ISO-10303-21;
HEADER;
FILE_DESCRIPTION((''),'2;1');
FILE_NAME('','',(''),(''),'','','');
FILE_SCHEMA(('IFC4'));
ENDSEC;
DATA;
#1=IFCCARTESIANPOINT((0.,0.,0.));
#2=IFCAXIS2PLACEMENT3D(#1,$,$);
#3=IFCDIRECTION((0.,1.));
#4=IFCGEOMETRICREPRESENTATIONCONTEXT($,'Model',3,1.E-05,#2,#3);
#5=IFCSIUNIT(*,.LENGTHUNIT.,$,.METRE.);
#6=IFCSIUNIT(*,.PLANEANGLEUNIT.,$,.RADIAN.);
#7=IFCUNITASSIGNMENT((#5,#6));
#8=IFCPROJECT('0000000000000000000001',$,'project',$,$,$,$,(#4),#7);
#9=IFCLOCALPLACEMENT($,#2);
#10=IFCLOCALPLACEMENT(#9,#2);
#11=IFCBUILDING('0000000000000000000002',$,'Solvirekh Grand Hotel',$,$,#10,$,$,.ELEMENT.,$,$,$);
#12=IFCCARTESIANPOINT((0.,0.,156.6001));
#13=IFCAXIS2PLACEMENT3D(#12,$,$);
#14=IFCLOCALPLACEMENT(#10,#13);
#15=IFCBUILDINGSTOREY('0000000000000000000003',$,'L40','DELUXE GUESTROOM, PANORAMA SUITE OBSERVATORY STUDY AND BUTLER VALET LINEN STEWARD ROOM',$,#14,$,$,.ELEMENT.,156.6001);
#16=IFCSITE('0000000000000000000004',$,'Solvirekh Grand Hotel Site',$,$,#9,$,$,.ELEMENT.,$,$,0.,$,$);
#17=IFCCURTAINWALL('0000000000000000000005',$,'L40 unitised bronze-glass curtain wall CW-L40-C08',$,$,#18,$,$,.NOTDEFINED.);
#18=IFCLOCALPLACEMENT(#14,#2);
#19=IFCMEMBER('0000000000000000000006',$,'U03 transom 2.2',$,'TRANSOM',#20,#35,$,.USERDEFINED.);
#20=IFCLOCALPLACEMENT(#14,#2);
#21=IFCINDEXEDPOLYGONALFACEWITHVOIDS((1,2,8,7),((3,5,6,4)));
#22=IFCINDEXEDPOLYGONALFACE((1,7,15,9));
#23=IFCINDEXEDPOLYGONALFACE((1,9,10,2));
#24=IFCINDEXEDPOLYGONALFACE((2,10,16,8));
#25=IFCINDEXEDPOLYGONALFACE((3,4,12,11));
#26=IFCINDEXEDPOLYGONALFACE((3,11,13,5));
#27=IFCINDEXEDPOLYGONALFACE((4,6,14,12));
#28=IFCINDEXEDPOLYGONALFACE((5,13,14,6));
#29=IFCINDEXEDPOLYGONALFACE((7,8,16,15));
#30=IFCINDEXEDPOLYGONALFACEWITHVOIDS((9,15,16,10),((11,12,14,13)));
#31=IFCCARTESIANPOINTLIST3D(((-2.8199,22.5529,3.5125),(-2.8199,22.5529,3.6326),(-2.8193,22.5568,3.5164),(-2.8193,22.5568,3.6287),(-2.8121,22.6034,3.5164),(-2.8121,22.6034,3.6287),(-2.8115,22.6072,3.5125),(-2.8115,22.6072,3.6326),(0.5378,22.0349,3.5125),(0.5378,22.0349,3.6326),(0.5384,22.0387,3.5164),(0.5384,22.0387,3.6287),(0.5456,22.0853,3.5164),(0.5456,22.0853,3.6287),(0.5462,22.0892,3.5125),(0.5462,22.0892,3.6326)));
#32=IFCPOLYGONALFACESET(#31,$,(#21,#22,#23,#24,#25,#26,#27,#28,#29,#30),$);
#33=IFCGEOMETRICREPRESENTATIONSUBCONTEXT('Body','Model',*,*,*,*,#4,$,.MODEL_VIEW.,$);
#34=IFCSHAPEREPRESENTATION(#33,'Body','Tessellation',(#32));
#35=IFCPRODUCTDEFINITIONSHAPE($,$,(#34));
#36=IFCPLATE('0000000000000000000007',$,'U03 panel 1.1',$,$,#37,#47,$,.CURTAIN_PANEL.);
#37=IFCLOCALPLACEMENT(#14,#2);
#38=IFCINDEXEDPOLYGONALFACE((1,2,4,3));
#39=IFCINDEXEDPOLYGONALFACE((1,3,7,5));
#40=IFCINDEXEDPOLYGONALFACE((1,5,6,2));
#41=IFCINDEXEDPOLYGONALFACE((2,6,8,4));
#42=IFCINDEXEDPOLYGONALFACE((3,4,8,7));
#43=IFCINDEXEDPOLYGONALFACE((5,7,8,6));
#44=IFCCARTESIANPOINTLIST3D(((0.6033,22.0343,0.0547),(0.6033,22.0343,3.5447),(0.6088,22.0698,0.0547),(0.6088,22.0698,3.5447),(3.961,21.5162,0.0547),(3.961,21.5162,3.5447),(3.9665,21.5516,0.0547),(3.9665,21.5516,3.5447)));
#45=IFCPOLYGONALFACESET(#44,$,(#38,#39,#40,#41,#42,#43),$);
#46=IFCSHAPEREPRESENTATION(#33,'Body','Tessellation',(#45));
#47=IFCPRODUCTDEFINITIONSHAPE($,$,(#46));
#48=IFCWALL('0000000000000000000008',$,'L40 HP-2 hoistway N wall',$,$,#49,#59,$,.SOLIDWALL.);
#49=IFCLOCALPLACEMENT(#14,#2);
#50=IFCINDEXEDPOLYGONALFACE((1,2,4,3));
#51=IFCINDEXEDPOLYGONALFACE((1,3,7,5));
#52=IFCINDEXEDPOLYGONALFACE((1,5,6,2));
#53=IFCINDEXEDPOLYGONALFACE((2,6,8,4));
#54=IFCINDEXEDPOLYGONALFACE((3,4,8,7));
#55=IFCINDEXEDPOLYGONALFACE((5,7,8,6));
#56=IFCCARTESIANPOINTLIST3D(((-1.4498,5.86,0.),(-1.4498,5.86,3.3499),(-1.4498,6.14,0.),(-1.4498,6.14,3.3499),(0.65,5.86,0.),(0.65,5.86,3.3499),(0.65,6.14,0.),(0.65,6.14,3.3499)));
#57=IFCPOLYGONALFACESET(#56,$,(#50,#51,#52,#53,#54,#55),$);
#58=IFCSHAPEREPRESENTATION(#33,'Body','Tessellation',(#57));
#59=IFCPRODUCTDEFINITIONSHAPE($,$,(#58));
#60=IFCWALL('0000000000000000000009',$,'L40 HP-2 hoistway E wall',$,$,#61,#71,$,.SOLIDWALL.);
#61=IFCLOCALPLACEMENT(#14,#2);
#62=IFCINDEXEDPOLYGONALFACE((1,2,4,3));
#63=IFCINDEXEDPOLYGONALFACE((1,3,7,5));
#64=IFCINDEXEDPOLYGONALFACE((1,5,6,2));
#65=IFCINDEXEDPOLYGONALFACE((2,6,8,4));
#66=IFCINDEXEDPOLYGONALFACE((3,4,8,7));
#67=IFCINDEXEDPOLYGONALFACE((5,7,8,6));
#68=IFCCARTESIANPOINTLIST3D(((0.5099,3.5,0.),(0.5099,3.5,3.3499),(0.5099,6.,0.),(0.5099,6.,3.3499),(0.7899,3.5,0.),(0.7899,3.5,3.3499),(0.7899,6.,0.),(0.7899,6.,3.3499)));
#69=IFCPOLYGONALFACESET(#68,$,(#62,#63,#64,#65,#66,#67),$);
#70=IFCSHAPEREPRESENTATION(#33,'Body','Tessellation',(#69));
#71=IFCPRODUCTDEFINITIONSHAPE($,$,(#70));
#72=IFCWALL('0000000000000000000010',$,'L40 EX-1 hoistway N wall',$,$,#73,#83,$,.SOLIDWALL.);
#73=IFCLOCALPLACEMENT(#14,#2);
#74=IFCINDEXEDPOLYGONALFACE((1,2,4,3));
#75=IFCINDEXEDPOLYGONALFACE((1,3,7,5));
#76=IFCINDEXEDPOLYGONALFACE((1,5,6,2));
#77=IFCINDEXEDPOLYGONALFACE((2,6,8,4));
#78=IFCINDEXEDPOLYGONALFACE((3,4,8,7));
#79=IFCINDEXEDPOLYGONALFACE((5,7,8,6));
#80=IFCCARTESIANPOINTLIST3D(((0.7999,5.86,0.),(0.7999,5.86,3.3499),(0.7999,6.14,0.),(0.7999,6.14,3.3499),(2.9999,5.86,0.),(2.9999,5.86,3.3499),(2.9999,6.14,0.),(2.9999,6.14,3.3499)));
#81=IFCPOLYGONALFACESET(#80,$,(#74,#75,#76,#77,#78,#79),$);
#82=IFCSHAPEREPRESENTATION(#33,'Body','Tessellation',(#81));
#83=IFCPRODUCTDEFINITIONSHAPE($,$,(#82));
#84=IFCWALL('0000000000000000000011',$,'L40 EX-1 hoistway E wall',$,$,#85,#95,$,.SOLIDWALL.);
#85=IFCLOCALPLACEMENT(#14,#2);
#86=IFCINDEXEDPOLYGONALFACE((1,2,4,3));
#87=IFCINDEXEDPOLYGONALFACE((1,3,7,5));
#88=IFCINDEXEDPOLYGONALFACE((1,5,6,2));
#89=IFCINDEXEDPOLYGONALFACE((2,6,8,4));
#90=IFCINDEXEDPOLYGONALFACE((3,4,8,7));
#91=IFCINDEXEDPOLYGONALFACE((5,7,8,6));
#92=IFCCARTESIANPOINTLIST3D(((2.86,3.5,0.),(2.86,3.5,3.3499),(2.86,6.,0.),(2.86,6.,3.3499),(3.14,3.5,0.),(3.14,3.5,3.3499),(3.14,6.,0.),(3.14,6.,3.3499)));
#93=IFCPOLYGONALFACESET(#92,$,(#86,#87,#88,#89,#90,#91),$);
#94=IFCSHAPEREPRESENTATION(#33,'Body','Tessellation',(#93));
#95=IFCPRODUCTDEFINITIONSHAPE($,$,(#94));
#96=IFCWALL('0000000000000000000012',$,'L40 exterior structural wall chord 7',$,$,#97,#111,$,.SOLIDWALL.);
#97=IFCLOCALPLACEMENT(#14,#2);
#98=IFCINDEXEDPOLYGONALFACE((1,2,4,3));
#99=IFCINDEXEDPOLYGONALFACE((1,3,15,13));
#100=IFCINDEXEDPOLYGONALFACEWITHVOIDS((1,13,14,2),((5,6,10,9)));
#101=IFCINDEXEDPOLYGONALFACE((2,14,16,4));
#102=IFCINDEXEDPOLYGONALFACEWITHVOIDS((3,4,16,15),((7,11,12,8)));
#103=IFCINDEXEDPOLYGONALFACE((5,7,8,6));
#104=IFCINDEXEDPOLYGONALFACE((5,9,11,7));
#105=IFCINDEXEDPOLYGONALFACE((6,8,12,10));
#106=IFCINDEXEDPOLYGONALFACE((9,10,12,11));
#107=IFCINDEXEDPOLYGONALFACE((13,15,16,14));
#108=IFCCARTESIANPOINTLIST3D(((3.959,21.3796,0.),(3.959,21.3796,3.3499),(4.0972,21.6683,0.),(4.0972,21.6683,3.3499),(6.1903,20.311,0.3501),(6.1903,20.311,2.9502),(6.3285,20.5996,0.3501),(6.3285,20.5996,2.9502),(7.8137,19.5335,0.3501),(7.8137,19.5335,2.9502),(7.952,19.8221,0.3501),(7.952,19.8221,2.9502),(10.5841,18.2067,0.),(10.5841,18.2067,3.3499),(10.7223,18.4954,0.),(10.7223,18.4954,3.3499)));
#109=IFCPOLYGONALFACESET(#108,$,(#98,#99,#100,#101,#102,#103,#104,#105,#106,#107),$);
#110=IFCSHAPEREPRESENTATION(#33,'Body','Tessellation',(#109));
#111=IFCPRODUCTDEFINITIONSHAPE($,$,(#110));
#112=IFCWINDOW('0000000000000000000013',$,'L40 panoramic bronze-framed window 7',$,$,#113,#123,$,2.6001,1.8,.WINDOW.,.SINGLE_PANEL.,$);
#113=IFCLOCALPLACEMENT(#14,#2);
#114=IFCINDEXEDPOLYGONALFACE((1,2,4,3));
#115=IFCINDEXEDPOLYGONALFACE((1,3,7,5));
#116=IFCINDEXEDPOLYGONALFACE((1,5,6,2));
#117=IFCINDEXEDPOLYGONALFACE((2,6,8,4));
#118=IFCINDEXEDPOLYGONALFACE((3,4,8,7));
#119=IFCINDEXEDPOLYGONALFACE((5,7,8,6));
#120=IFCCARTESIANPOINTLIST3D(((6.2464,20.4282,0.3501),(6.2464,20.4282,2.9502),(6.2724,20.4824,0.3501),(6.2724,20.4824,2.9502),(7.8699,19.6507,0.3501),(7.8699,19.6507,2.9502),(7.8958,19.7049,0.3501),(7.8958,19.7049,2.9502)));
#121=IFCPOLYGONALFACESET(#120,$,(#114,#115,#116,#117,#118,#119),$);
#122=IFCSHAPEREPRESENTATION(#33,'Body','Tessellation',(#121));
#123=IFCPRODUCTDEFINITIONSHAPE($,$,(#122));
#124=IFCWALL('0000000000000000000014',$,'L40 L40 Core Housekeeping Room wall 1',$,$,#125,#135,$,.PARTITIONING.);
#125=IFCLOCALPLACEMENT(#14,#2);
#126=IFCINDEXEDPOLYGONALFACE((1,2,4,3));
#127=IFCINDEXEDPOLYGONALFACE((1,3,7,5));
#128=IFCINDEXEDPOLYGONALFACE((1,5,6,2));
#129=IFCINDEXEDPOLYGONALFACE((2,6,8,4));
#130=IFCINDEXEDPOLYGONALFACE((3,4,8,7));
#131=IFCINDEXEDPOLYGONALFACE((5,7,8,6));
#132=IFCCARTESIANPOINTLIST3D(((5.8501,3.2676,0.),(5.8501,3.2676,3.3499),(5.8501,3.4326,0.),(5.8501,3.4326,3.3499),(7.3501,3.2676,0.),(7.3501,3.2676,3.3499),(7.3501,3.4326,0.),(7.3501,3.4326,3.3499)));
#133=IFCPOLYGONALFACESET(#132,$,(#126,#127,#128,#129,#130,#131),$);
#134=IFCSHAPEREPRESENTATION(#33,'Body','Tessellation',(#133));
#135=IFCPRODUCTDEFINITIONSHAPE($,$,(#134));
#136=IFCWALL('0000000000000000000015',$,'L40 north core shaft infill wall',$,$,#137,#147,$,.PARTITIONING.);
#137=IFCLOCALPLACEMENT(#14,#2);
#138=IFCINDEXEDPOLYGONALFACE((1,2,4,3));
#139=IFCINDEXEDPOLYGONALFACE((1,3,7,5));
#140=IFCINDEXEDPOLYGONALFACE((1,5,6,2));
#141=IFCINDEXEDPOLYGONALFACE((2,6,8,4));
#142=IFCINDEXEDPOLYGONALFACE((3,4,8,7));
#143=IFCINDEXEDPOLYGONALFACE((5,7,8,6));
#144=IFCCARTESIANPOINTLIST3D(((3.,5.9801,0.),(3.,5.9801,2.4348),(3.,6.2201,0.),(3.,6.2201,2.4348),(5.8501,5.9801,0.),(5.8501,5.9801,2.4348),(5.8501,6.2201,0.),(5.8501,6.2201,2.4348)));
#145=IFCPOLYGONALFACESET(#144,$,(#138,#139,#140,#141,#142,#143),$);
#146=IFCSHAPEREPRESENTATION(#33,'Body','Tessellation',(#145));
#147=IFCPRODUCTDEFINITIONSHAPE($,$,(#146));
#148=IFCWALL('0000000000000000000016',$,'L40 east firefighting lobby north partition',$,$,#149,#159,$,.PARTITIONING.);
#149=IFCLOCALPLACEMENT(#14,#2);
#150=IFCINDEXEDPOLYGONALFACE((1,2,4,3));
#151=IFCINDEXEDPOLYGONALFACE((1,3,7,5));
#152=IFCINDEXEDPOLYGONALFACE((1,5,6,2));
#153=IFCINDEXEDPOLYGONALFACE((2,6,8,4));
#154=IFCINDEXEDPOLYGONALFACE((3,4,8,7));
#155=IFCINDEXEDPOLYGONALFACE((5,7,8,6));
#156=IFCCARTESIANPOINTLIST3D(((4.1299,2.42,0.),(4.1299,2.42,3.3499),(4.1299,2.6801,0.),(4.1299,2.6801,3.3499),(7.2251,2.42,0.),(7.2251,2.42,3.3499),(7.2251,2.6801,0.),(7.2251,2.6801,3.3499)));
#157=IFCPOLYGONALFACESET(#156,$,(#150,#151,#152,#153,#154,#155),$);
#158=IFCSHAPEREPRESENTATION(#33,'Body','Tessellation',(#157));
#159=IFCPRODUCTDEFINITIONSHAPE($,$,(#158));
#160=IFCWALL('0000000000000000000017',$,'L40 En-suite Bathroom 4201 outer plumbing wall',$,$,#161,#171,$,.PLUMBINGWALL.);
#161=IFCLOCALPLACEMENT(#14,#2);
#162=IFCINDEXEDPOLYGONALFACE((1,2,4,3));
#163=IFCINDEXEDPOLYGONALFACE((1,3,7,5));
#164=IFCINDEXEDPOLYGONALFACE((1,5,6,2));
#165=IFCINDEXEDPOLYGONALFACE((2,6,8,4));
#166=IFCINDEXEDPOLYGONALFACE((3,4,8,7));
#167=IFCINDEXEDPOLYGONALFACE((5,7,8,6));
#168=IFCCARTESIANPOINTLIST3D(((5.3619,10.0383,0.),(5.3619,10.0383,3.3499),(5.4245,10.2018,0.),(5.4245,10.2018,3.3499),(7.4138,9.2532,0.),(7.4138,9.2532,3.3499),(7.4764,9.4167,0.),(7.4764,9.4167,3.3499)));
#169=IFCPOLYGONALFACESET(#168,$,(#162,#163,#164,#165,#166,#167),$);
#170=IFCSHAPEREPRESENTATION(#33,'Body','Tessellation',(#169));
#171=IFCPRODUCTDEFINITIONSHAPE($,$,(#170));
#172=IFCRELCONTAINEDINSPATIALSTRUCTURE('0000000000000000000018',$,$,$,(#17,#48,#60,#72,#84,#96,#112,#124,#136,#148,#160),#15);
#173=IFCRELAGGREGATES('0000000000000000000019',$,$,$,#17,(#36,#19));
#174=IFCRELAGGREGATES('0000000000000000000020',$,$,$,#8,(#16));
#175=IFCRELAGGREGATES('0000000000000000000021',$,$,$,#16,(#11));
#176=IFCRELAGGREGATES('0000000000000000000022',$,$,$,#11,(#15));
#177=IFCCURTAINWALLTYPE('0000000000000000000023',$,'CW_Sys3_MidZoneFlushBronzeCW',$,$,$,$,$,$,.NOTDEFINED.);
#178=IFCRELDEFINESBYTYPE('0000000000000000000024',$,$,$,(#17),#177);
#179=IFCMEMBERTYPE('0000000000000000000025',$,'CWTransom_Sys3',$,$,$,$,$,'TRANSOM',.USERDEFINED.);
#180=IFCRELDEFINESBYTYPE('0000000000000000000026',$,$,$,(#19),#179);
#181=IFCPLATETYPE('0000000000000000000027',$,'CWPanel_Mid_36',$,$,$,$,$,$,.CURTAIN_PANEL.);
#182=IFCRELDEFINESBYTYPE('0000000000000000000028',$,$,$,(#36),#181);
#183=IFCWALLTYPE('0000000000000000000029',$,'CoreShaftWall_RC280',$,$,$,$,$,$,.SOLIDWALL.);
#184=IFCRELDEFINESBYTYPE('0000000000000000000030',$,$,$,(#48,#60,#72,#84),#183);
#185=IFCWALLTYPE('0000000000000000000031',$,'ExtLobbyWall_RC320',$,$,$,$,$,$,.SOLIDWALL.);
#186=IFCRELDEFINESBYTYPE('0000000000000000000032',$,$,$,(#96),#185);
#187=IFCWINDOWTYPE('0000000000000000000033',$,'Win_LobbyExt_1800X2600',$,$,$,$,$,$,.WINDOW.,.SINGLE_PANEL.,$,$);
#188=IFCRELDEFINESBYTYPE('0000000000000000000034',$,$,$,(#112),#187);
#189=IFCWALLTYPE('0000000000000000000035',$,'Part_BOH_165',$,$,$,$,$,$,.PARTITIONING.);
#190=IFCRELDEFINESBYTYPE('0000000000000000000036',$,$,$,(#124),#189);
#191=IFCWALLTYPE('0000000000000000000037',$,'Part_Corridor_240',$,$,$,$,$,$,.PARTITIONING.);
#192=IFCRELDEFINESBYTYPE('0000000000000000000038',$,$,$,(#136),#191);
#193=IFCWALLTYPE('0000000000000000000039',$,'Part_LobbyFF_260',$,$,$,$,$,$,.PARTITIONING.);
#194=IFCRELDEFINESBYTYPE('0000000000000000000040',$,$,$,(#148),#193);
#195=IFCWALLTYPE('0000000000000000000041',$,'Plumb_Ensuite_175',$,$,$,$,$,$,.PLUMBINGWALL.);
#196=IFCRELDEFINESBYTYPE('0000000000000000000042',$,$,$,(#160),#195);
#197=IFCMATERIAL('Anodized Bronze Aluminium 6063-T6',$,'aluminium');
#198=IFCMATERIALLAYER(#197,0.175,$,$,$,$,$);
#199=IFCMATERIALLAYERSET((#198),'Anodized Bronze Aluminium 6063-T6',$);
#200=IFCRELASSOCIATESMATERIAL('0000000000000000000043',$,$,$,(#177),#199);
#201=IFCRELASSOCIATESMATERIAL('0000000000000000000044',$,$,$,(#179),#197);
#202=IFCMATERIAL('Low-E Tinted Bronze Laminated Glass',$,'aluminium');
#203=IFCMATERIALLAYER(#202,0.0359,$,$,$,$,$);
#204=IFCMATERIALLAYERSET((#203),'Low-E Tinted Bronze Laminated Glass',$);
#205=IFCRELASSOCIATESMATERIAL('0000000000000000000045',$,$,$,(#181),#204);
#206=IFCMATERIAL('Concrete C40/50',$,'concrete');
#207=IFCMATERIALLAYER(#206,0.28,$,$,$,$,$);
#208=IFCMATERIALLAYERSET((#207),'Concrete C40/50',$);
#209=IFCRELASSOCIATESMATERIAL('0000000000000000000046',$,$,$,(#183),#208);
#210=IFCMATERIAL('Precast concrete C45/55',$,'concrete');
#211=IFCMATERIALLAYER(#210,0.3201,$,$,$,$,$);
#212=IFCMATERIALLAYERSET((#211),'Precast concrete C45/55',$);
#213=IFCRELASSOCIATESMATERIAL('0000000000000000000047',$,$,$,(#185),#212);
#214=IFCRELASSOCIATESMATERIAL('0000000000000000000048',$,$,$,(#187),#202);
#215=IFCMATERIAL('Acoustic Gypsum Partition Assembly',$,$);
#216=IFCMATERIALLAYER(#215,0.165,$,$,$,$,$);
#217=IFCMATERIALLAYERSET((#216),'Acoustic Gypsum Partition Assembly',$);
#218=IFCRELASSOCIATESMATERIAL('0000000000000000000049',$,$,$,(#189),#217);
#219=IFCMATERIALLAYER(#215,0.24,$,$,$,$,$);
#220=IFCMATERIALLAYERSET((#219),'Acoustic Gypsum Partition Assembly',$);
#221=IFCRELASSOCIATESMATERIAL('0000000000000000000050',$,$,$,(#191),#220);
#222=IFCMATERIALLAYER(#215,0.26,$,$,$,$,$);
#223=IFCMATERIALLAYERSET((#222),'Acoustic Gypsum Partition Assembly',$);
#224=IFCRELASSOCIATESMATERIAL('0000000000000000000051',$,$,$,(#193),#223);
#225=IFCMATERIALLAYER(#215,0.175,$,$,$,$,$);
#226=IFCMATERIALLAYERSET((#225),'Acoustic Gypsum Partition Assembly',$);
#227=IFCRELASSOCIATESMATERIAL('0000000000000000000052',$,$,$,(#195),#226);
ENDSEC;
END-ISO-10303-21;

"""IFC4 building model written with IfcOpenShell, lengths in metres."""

from ifc_helpers import new_model, si_unit, direction, frame, frame_2d, origin, origin_2d, place, context, subcontext, project, spatial, rectangle, hollow_rectangle, extrude, source, transform, mapped, material, layer, layer_set, material_profile, profile_set, type_object, element, fill, aggregate, save


model = new_model("IFC4")

# Units and contexts
model_context = context("Model", 3, precision=1e-05, world=origin(), true_north=direction((0.0, 1.0)))
body_context = subcontext(model_context, "Body", "Model", "MODEL_VIEW")
ifc_project = project(units=[si_unit("LENGTHUNIT", "METRE"), si_unit("PLANEANGLEUNIT", "RADIAN")], contexts=[model_context])

# Site, building, storey
site_placement = place(None, origin())
site = spatial("IfcSite", under=ifc_project, at=site_placement, Name="Solvirekh Grand Hotel Site", CompositionType="ELEMENT", RefElevation=0.0)
building_placement = place(site_placement, origin())
building = spatial("IfcBuilding", under=site, at=building_placement, Name="Solvirekh Grand Hotel", CompositionType="ELEMENT")
storey_placement = place(building_placement, frame((0.0, 0.0, 156.6001)))
storey = spatial("IfcBuildingStorey", under=building, at=storey_placement, Name="L40", Description="DELUXE GUESTROOM, PANORAMA SUITE OBSERVATORY STUDY AND BUTLER VALET LINEN STEWARD ROOM", CompositionType="ELEMENT", Elevation=156.6001)

# Curtain wall, member, plate
ifc_material_1 = material(Name="Anodized Bronze Aluminium 6063-T6", Category="aluminium")
ifc_layer_1 = layer(ifc_material_1, 0.175)
ifc_layer_set_1 = layer_set([ifc_layer_1], Name="Anodized Bronze Aluminium 6063-T6")
curtain_wall_type = type_object("IfcCurtainWallType", Name="CW_Sys3_MidZoneFlushBronzeCW", PredefinedType="NOTDEFINED", material=ifc_layer_set_1)
curtain_wall_placement = place(storey_placement, origin())
curtain_wall = element("IfcCurtainWall", 1, at=curtain_wall_placement, inside=storey, type_object=curtain_wall_type, Name="L40 unitised bronze-glass curtain wall CW-L40-C08", PredefinedType="NOTDEFINED")
ifc_material_profile_1 = material_profile(ifc_material_1, hollow_rectangle(XDim=0.0549, YDim=0.1201, WallThickness=0.0039, at=origin_2d()), Name="ALU RHS 120X55X4")
ifc_profile_set_1 = profile_set([ifc_material_profile_1], Name="Anodized Bronze Aluminium 6063-T6")
member_type_1 = type_object("IfcMemberType", Name="CWTransom_Sys3", ElementType="TRANSOM", PredefinedType="USERDEFINED", material=ifc_profile_set_1)
shared_shape_1 = source(origin(), body_context, "Body", "SweptSolid", [
    extrude(hollow_rectangle(XDim=0.0549, YDim=0.1201, WallThickness=0.0039, at=origin_2d()), origin(), (0.0, 0.0, 1.0), 3.3975),
])
member_1_placement = place(storey_placement, frame((0.542, 22.062, 3.5725), z_axis=(-0.988305, 0.152489, 0.0), x_axis=(-0.152489, -0.988305, 0.0)))
member_1 = element("IfcMember", 2, at=member_1_placement, type_object=member_type_1, Name="U03 transom 2.2", ObjectType="TRANSOM", PredefinedType="USERDEFINED", context=body_context, shape_type="MappedRepresentation", body=[
    mapped(shared_shape_1, transform((0.0, 0.0, 0.0), x_axis=(1.0, 0.0, 0.0), y_axis=(0.0, 1.0, 0.0), z_axis=(0.0, 0.0, 1.0), scale=1.0)),
])
ifc_material_2 = material(Name="Low-E Tinted Bronze Laminated Glass", Category="aluminium")
ifc_layer_2 = layer(ifc_material_2, 0.0359)
ifc_layer_set_2 = layer_set([ifc_layer_2], Name="Low-E Tinted Bronze Laminated Glass")
plate_type = type_object("IfcPlateType", Name="CWPanel_Mid_36", PredefinedType="CURTAIN_PANEL", material=ifc_layer_set_2)
shared_shape_2 = source(origin(), body_context, "Body", "SweptSolid", [
    extrude(rectangle(XDim=3.3975, YDim=0.0359, at=origin_2d()), origin(), (0.0, 0.0, 1.0), 3.49),
])
plate_placement = place(storey_placement, frame((2.2849, 21.793, 0.0547), z_axis=(0.0, 0.0, 1.0), x_axis=(-0.988302, 0.152509, 0.0)))
plate = element("IfcPlate", 3, at=plate_placement, type_object=plate_type, Name="U03 panel 1.1", PredefinedType="CURTAIN_PANEL", context=body_context, shape_type="MappedRepresentation", body=[
    mapped(shared_shape_2, transform((0.0, 0.0, 0.0), x_axis=(1.0, 0.0, 0.0), y_axis=(0.0, 1.0, 0.0), z_axis=(0.0, 0.0, 1.0), scale=1.0)),
])
aggregate(curtain_wall, [plate, member_1])

# Walls
ifc_material_3 = material(Name="Concrete C40/50", Category="concrete")
ifc_layer_3 = layer(ifc_material_3, 0.28)
ifc_layer_set_3 = layer_set([ifc_layer_3], Name="Concrete C40/50")
wall_type_1 = type_object("IfcWallType", Name="CoreShaftWall_RC280", PredefinedType="SOLIDWALL", material=ifc_layer_set_3)
wall_1_placement = place(storey_placement, frame((0.6499, 6.0, 0.0), z_axis=(0.0, 0.0, 1.0), x_axis=(-1.0, 0.0, 0.0)))
element("IfcWall", 4, at=wall_1_placement, inside=storey, type_object=wall_type_1, Name="L40 HP-2 hoistway N wall", PredefinedType="SOLIDWALL", context=body_context, shape_type="SweptSolid", body=[
    extrude(rectangle(XDim=2.0999, YDim=0.28, at=frame_2d((1.0498, 0.0))), origin(), (0.0, 0.0, 1.0), 3.3499),
])
wall_2_placement = place(storey_placement, frame((0.6499, 3.5, 0.0), z_axis=(0.0, 0.0, 1.0), x_axis=(0.0, 1.0, 0.0)))
element("IfcWall", 5, at=wall_2_placement, inside=storey, type_object=wall_type_1, Name="L40 HP-2 hoistway E wall", PredefinedType="SOLIDWALL", context=body_context, shape_type="SweptSolid", body=[
    extrude(rectangle(XDim=2.5, YDim=0.28, at=frame_2d((1.25, 0.0))), origin(), (0.0, 0.0, 1.0), 3.3499),
])
wall_3_placement = place(storey_placement, frame((3.0, 6.0, 0.0), z_axis=(0.0, 0.0, 1.0), x_axis=(-1.0, 0.0, 0.0)))
element("IfcWall", 6, at=wall_3_placement, inside=storey, type_object=wall_type_1, Name="L40 EX-1 hoistway N wall", PredefinedType="SOLIDWALL", context=body_context, shape_type="SweptSolid", body=[
    extrude(rectangle(XDim=2.2, YDim=0.28, at=frame_2d((1.1001, 0.0))), origin(), (0.0, 0.0, 1.0), 3.3499),
])
wall_4_placement = place(storey_placement, frame((3.0, 3.5, 0.0), z_axis=(0.0, 0.0, 1.0), x_axis=(0.0, 1.0, 0.0)))
element("IfcWall", 7, at=wall_4_placement, inside=storey, type_object=wall_type_1, Name="L40 EX-1 hoistway E wall", PredefinedType="SOLIDWALL", context=body_context, shape_type="SweptSolid", body=[
    extrude(rectangle(XDim=2.5, YDim=0.28, at=frame_2d((1.25, 0.0))), origin(), (0.0, 0.0, 1.0), 3.3499),
])

# Wall, opening, window
ifc_material_4 = material(Name="Precast concrete C45/55", Category="concrete")
ifc_layer_4 = layer(ifc_material_4, 0.3201)
ifc_layer_set_4 = layer_set([ifc_layer_4], Name="Precast concrete C45/55")
wall_type_2 = type_object("IfcWallType", Name="ExtLobbyWall_RC320", PredefinedType="SOLIDWALL", material=ifc_layer_set_4)
wall_5_placement = place(storey_placement, frame((4.0281, 21.5239, 0.0), z_axis=(0.0, 0.0, 1.0), x_axis=(0.901902, -0.43194, 0.0)))
wall_5 = element("IfcWall", 8, at=wall_5_placement, inside=storey, type_object=wall_type_2, Name="L40 exterior structural wall chord 7", PredefinedType="SOLIDWALL", context=body_context, shape_type="SweptSolid", body=[
    extrude(rectangle(XDim=7.3457, YDim=0.3201, at=frame_2d((3.6729, 0.0))), origin(), (0.0, 0.0, 1.0), 3.3499),
])
opening_1_placement = place(wall_5_placement, frame((2.4741, 0.0, 0.3501)))
opening_1 = element("IfcOpeningElement", 9, at=opening_1_placement, cuts=wall_5, PredefinedType="OPENING", context=body_context, shape_type="SweptSolid", body=[
    extrude(rectangle(XDim=1.8, YDim=2.6001, at=frame_2d((0.8999, 1.3))), frame((0.0, 0.1699, 0.0), z_axis=(0.0, -1.0, 0.0), x_axis=(1.0, 0.0, 0.0)), (0.0, 0.0, 1.0), 0.3401),
])
window_type = type_object("IfcWindowType", Name="Win_LobbyExt_1800X2600", PartitioningType="SINGLE_PANEL", PredefinedType="WINDOW", material=ifc_material_2)
window_placement = place(opening_1_placement, origin())
window = element("IfcWindow", 10, at=window_placement, inside=storey, type_object=window_type, Name="L40 panoramic bronze-framed window 7", OverallHeight=2.6001, OverallWidth=1.8, PartitioningType="SINGLE_PANEL", PredefinedType="WINDOW", context=body_context, shape_type="SweptSolid", body=[
    extrude(rectangle(XDim=1.8, YDim=2.6001, at=frame_2d((0.8999, 1.3))), frame((0.0, 0.03, 0.0), z_axis=(0.0, -1.0, 0.0), x_axis=(1.0, 0.0, 0.0)), (0.0, 0.0, 1.0), 0.0601),
])
fill(opening_1, window)

# Walls
ifc_material_5 = material(Name="Acoustic Gypsum Partition Assembly")
ifc_layer_5 = layer(ifc_material_5, 0.165)
ifc_layer_set_5 = layer_set([ifc_layer_5], Name="Acoustic Gypsum Partition Assembly")
wall_type_3 = type_object("IfcWallType", Name="Part_BOH_165", PredefinedType="PARTITIONING", material=ifc_layer_set_5)
wall_6_placement = place(storey_placement, frame((5.8501, 3.3501, 0.0), z_axis=(0.0, 0.0, 1.0), x_axis=(1.0, 0.0, 0.0)))
element("IfcWall", 11, at=wall_6_placement, inside=storey, type_object=wall_type_3, Name="L40 L40 Core Housekeeping Room wall 1", PredefinedType="PARTITIONING", context=body_context, shape_type="SweptSolid", body=[
    extrude(rectangle(XDim=1.5, YDim=0.165, at=frame_2d((0.75, 0.0))), origin(), (0.0, 0.0, 1.0), 3.3499),
])
ifc_layer_6 = layer(ifc_material_5, 0.24)
ifc_layer_set_6 = layer_set([ifc_layer_6], Name="Acoustic Gypsum Partition Assembly")
wall_type_4 = type_object("IfcWallType", Name="Part_Corridor_240", PredefinedType="PARTITIONING", material=ifc_layer_set_6)
wall_7_placement = place(storey_placement, frame((3.0, 6.1001, 0.0), z_axis=(0.0, 0.0, 1.0), x_axis=(1.0, 0.0, 0.0)))
element("IfcWall", 12, at=wall_7_placement, inside=storey, type_object=wall_type_4, Name="L40 north core shaft infill wall", PredefinedType="PARTITIONING", context=body_context, shape_type="SweptSolid", body=[
    extrude(rectangle(XDim=2.8501, YDim=0.24, at=frame_2d((1.425, 0.0))), origin(), (0.0, 0.0, 1.0), 2.4348),
])
ifc_layer_7 = layer(ifc_material_5, 0.26)
ifc_layer_set_7 = layer_set([ifc_layer_7], Name="Acoustic Gypsum Partition Assembly")
wall_type_5 = type_object("IfcWallType", Name="Part_LobbyFF_260", PredefinedType="PARTITIONING", material=ifc_layer_set_7)
wall_8_placement = place(storey_placement, frame((4.1299, 2.55, 0.0), z_axis=(0.0, 0.0, 1.0), x_axis=(1.0, 0.0, 0.0)))
element("IfcWall", 13, at=wall_8_placement, inside=storey, type_object=wall_type_5, Name="L40 east firefighting lobby north partition", PredefinedType="PARTITIONING", context=body_context, shape_type="SweptSolid", body=[
    extrude(rectangle(XDim=3.0952, YDim=0.26, at=frame_2d((1.5476, 0.0))), origin(), (0.0, 0.0, 1.0), 3.3499),
])
ifc_layer_8 = layer(ifc_material_5, 0.175)
ifc_layer_set_8 = layer_set([ifc_layer_8], Name="Acoustic Gypsum Partition Assembly")
wall_type_6 = type_object("IfcWallType", Name="Plumb_Ensuite_175", PredefinedType="PLUMBINGWALL", material=ifc_layer_set_8)
wall_9_placement = place(storey_placement, frame((5.3931, 10.1201, 0.0), z_axis=(0.0, 0.0, 1.0), x_axis=(0.933966, -0.357363, 0.0)))
element("IfcWall", 14, at=wall_9_placement, inside=storey, type_object=wall_type_6, Name="L40 En-suite Bathroom 4201 outer plumbing wall", PredefinedType="PLUMBINGWALL", context=body_context, shape_type="SweptSolid", body=[
    extrude(rectangle(XDim=2.197, YDim=0.175, at=frame_2d((1.0986, 0.0))), origin(), (0.0, 0.0, 1.0), 3.3499),
])

save(model, "model.ifc")
